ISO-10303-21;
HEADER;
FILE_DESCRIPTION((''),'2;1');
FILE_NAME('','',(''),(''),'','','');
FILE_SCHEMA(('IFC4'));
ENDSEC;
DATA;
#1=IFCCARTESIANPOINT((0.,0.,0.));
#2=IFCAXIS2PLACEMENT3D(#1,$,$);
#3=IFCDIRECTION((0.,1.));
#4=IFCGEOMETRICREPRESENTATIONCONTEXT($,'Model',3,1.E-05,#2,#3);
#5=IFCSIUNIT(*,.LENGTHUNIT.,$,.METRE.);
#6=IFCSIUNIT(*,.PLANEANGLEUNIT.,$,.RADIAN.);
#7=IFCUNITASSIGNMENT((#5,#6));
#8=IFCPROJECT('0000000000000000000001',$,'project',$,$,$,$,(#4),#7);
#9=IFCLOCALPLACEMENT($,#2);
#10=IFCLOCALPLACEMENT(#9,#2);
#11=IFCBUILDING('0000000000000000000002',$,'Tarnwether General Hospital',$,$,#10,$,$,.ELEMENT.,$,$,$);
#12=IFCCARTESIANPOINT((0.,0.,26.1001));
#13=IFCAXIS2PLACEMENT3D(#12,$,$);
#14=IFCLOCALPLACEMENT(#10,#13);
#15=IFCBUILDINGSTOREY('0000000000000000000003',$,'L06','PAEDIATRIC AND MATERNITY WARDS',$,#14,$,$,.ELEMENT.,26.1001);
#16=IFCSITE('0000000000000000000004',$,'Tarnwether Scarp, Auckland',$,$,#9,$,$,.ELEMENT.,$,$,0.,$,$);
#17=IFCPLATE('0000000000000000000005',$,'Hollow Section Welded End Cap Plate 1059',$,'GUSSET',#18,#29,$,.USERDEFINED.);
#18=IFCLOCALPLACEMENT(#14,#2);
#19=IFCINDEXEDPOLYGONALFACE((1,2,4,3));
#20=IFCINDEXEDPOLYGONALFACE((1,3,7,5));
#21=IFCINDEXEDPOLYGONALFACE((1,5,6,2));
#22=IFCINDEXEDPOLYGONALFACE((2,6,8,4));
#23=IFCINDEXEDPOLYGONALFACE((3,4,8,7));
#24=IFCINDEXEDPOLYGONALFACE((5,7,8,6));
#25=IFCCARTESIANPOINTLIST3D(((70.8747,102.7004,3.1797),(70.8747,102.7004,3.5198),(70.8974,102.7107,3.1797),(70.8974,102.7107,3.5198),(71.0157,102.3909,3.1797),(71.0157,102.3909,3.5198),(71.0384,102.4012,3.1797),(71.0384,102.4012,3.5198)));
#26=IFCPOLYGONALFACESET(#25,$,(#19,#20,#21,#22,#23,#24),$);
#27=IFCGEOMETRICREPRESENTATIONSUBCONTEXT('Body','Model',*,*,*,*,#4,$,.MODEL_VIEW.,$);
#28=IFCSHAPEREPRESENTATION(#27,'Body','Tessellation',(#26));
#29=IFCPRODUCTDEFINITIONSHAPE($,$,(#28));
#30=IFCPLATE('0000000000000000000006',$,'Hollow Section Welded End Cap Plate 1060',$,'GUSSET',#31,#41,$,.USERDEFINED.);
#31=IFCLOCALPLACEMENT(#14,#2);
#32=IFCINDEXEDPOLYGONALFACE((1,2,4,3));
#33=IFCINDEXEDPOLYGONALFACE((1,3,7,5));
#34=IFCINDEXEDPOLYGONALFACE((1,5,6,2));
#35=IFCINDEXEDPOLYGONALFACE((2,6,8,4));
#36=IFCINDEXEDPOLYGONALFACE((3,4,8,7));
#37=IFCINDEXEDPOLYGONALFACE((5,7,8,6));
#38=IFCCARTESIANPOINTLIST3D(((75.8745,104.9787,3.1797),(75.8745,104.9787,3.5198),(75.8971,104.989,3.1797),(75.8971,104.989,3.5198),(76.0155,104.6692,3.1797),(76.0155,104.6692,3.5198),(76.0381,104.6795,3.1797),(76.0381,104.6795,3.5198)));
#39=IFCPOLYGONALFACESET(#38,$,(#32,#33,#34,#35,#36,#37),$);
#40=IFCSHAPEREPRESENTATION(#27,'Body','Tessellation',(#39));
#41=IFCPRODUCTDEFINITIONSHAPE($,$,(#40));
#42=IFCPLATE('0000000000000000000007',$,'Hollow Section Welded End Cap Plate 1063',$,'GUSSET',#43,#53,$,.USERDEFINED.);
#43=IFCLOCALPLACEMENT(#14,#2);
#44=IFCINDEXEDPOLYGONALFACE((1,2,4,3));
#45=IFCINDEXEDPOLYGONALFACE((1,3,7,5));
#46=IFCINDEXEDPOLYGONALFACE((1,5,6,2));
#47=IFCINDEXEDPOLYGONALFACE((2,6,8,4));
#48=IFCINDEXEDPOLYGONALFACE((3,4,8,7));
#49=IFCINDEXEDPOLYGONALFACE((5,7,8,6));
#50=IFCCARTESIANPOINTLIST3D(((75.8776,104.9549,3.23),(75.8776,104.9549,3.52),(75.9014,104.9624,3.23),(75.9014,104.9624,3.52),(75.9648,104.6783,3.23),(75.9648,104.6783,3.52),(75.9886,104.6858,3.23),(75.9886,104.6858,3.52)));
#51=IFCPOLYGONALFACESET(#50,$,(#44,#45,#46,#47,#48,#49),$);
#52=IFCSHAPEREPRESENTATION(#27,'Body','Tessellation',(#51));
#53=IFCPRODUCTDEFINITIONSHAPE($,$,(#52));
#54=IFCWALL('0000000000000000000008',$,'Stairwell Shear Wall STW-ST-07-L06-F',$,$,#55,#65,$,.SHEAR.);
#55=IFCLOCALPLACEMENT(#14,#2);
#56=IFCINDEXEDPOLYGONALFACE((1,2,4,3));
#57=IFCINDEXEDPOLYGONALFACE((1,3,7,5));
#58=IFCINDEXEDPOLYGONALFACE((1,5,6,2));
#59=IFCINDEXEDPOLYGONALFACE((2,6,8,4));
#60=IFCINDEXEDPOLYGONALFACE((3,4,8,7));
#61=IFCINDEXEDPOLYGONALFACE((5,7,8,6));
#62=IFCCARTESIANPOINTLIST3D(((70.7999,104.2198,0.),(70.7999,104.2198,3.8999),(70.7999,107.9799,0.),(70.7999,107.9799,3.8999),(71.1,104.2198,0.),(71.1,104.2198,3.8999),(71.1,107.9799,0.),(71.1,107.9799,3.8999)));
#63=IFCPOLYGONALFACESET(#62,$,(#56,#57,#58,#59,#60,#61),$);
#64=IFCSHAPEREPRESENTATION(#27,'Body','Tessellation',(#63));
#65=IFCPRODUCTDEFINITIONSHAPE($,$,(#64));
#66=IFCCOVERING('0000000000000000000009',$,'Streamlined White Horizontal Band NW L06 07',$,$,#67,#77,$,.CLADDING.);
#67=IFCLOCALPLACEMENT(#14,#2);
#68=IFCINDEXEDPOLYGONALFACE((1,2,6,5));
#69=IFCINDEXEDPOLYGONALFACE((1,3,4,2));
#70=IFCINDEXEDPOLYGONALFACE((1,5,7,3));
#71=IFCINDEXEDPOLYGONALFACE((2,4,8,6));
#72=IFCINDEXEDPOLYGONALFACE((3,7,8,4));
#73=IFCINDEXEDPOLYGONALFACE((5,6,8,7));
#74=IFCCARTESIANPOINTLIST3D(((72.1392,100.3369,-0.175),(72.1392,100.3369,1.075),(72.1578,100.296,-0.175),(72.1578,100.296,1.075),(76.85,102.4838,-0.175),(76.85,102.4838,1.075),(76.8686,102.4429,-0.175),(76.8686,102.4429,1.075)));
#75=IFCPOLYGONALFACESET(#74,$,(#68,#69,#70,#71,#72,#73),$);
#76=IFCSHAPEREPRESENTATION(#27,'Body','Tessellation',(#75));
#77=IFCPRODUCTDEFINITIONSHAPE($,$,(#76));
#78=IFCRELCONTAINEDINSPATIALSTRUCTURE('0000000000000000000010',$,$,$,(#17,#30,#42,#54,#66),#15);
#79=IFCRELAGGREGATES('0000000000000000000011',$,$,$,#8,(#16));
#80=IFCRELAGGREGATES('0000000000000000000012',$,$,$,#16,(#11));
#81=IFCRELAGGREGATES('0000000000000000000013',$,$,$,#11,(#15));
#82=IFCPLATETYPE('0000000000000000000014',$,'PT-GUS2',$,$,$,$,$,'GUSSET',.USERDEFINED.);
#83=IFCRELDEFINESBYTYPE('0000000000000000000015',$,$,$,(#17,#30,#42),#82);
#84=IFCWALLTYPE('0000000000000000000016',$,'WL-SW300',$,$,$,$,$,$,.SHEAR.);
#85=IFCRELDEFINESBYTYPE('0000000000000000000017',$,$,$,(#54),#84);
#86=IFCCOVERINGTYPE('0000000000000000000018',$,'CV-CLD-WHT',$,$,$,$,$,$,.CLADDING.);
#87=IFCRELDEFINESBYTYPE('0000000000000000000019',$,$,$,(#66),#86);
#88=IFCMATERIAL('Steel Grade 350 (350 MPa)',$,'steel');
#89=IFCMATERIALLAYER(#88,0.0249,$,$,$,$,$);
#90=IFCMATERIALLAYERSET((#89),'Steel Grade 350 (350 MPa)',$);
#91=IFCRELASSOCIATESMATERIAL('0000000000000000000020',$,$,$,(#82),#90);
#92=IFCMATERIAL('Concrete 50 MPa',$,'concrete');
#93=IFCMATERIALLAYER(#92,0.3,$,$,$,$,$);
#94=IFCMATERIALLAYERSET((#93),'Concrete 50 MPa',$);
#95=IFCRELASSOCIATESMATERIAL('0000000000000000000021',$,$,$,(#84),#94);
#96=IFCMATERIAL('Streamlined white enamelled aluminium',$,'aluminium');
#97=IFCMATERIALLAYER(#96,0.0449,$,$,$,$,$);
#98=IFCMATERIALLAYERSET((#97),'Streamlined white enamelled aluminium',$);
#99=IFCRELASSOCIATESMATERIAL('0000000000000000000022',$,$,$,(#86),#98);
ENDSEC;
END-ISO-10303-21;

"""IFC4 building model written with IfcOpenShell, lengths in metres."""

from ifc_helpers import new_model, si_unit, direction, frame, frame_2d, origin, origin_2d, place, context, subcontext, project, spatial, rectangle, extrude, material, layer, layer_set, type_object, element, save


model = new_model("IFC4")

# Units and contexts
model_context = context("Model", 3, precision=1e-05, world=origin(), true_north=direction((0.0, 1.0)))
body_context = subcontext(model_context, "Body", "Model", "MODEL_VIEW")
ifc_project = project(units=[si_unit("LENGTHUNIT", "METRE"), si_unit("PLANEANGLEUNIT", "RADIAN")], contexts=[model_context])

# Site, building, storey
site_placement = place(None, origin())
site = spatial("IfcSite", under=ifc_project, at=site_placement, Name="Tarnwether Scarp, Auckland", CompositionType="ELEMENT", RefElevation=0.0)
building_placement = place(site_placement, origin())
building = spatial("IfcBuilding", under=site, at=building_placement, Name="Tarnwether General Hospital", CompositionType="ELEMENT")
storey_placement = place(building_placement, frame((0.0, 0.0, 26.1001)))
storey = spatial("IfcBuildingStorey", under=building, at=storey_placement, Name="L06", Description="PAEDIATRIC AND MATERNITY WARDS", CompositionType="ELEMENT", Elevation=26.1001)

# Plates
ifc_material_1 = material(Name="Steel Grade 350 (350 MPa)", Category="steel")
ifc_layer_1 = layer(ifc_material_1, 0.0249)
ifc_layer_set_1 = layer_set([ifc_layer_1], Name="Steel Grade 350 (350 MPa)")
plate_type_1 = type_object("IfcPlateType", Name="PT-GUS2", ElementType="GUSSET", PredefinedType="USERDEFINED", material=ifc_layer_set_1)
for number, where, z_axis, x_axis, name in (
    (1, (70.9565, 102.5508, 3.1797), (0.0, 0.0, 1.0), (0.909969, 0.414677, 0.0), "Hollow Section Welded End Cap Plate 1059"),
    (2, (75.9563, 104.8291, 3.1797), (0.0, 0.0, 1.0), (0.909969, 0.414677, 0.0), "Hollow Section Welded End Cap Plate 1060"),
):
    element("IfcPlate", number, at=place(storey_placement, frame(where, z_axis=z_axis, x_axis=x_axis)), inside=storey, type_object=plate_type_1, Name=name, ObjectType="GUSSET", PredefinedType="USERDEFINED", context=body_context, shape_type="SweptSolid", body=[
        extrude(rectangle(XDim=0.0249, YDim=0.3401, at=origin_2d()), origin(), (0.0, 0.0, 1.0), 0.3401),
    ])
plate_1_placement = place(storey_placement, frame((75.9331, 104.8203, 3.23), z_axis=(0.0, 0.0, 1.0), x_axis=(0.953712, 0.300722, 0.0)))
element("IfcPlate", 3, at=plate_1_placement, inside=storey, type_object=plate_type_1, Name="Hollow Section Welded End Cap Plate 1063", ObjectType="GUSSET", PredefinedType="USERDEFINED", context=body_context, shape_type="SweptSolid", body=[
    extrude(rectangle(XDim=0.0249, YDim=0.29, at=origin_2d()), origin(), (0.0, 0.0, 1.0), 0.29),
])

# Wall
ifc_material_2 = material(Name="Concrete 50 MPa", Category="concrete")
ifc_layer_2 = layer(ifc_material_2, 0.3)
ifc_layer_set_2 = layer_set([ifc_layer_2], Name="Concrete 50 MPa")
wall_type = type_object("IfcWallType", Name="WL-SW300", PredefinedType="SHEAR", material=ifc_layer_set_2)
wall_placement = place(storey_placement, frame((70.95, 104.22, 0.0), z_axis=(0.0, 0.0, 1.0), x_axis=(0.0, 1.0, 0.0)))
element("IfcWall", 4, at=wall_placement, inside=storey, type_object=wall_type, Name="Stairwell Shear Wall STW-ST-07-L06-F", PredefinedType="SHEAR", context=body_context, shape_type="SweptSolid", body=[
    extrude(rectangle(XDim=3.76, YDim=0.3, at=frame_2d((1.8799, 0.0))), origin(), (0.0, 0.0, 1.0), 3.8999),
])

# Covering
ifc_material_3 = material(Name="Streamlined white enamelled aluminium", Category="aluminium")
ifc_layer_3 = layer(ifc_material_3, 0.0449)
ifc_layer_set_3 = layer_set([ifc_layer_3], Name="Streamlined white enamelled aluminium")
covering_type = type_object("IfcCoveringType", Name="CV-CLD-WHT", PredefinedType="CLADDING", material=ifc_layer_set_3)
covering_placement = place(storey_placement, frame((74.5039, 101.3899, -0.175), z_axis=(0.0, 0.0, 1.0), x_axis=(-0.909954, -0.414709, 0.0)))
element("IfcCovering", 5, at=covering_placement, inside=storey, type_object=covering_type, Name="Streamlined White Horizontal Band NW L06 07", PredefinedType="CLADDING", context=body_context, shape_type="SweptSolid", body=[
    extrude(rectangle(XDim=5.177, YDim=0.0449, at=origin_2d()), origin(), (0.0, 0.0, 1.0), 1.25),
])

save(model, "model.ifc")
